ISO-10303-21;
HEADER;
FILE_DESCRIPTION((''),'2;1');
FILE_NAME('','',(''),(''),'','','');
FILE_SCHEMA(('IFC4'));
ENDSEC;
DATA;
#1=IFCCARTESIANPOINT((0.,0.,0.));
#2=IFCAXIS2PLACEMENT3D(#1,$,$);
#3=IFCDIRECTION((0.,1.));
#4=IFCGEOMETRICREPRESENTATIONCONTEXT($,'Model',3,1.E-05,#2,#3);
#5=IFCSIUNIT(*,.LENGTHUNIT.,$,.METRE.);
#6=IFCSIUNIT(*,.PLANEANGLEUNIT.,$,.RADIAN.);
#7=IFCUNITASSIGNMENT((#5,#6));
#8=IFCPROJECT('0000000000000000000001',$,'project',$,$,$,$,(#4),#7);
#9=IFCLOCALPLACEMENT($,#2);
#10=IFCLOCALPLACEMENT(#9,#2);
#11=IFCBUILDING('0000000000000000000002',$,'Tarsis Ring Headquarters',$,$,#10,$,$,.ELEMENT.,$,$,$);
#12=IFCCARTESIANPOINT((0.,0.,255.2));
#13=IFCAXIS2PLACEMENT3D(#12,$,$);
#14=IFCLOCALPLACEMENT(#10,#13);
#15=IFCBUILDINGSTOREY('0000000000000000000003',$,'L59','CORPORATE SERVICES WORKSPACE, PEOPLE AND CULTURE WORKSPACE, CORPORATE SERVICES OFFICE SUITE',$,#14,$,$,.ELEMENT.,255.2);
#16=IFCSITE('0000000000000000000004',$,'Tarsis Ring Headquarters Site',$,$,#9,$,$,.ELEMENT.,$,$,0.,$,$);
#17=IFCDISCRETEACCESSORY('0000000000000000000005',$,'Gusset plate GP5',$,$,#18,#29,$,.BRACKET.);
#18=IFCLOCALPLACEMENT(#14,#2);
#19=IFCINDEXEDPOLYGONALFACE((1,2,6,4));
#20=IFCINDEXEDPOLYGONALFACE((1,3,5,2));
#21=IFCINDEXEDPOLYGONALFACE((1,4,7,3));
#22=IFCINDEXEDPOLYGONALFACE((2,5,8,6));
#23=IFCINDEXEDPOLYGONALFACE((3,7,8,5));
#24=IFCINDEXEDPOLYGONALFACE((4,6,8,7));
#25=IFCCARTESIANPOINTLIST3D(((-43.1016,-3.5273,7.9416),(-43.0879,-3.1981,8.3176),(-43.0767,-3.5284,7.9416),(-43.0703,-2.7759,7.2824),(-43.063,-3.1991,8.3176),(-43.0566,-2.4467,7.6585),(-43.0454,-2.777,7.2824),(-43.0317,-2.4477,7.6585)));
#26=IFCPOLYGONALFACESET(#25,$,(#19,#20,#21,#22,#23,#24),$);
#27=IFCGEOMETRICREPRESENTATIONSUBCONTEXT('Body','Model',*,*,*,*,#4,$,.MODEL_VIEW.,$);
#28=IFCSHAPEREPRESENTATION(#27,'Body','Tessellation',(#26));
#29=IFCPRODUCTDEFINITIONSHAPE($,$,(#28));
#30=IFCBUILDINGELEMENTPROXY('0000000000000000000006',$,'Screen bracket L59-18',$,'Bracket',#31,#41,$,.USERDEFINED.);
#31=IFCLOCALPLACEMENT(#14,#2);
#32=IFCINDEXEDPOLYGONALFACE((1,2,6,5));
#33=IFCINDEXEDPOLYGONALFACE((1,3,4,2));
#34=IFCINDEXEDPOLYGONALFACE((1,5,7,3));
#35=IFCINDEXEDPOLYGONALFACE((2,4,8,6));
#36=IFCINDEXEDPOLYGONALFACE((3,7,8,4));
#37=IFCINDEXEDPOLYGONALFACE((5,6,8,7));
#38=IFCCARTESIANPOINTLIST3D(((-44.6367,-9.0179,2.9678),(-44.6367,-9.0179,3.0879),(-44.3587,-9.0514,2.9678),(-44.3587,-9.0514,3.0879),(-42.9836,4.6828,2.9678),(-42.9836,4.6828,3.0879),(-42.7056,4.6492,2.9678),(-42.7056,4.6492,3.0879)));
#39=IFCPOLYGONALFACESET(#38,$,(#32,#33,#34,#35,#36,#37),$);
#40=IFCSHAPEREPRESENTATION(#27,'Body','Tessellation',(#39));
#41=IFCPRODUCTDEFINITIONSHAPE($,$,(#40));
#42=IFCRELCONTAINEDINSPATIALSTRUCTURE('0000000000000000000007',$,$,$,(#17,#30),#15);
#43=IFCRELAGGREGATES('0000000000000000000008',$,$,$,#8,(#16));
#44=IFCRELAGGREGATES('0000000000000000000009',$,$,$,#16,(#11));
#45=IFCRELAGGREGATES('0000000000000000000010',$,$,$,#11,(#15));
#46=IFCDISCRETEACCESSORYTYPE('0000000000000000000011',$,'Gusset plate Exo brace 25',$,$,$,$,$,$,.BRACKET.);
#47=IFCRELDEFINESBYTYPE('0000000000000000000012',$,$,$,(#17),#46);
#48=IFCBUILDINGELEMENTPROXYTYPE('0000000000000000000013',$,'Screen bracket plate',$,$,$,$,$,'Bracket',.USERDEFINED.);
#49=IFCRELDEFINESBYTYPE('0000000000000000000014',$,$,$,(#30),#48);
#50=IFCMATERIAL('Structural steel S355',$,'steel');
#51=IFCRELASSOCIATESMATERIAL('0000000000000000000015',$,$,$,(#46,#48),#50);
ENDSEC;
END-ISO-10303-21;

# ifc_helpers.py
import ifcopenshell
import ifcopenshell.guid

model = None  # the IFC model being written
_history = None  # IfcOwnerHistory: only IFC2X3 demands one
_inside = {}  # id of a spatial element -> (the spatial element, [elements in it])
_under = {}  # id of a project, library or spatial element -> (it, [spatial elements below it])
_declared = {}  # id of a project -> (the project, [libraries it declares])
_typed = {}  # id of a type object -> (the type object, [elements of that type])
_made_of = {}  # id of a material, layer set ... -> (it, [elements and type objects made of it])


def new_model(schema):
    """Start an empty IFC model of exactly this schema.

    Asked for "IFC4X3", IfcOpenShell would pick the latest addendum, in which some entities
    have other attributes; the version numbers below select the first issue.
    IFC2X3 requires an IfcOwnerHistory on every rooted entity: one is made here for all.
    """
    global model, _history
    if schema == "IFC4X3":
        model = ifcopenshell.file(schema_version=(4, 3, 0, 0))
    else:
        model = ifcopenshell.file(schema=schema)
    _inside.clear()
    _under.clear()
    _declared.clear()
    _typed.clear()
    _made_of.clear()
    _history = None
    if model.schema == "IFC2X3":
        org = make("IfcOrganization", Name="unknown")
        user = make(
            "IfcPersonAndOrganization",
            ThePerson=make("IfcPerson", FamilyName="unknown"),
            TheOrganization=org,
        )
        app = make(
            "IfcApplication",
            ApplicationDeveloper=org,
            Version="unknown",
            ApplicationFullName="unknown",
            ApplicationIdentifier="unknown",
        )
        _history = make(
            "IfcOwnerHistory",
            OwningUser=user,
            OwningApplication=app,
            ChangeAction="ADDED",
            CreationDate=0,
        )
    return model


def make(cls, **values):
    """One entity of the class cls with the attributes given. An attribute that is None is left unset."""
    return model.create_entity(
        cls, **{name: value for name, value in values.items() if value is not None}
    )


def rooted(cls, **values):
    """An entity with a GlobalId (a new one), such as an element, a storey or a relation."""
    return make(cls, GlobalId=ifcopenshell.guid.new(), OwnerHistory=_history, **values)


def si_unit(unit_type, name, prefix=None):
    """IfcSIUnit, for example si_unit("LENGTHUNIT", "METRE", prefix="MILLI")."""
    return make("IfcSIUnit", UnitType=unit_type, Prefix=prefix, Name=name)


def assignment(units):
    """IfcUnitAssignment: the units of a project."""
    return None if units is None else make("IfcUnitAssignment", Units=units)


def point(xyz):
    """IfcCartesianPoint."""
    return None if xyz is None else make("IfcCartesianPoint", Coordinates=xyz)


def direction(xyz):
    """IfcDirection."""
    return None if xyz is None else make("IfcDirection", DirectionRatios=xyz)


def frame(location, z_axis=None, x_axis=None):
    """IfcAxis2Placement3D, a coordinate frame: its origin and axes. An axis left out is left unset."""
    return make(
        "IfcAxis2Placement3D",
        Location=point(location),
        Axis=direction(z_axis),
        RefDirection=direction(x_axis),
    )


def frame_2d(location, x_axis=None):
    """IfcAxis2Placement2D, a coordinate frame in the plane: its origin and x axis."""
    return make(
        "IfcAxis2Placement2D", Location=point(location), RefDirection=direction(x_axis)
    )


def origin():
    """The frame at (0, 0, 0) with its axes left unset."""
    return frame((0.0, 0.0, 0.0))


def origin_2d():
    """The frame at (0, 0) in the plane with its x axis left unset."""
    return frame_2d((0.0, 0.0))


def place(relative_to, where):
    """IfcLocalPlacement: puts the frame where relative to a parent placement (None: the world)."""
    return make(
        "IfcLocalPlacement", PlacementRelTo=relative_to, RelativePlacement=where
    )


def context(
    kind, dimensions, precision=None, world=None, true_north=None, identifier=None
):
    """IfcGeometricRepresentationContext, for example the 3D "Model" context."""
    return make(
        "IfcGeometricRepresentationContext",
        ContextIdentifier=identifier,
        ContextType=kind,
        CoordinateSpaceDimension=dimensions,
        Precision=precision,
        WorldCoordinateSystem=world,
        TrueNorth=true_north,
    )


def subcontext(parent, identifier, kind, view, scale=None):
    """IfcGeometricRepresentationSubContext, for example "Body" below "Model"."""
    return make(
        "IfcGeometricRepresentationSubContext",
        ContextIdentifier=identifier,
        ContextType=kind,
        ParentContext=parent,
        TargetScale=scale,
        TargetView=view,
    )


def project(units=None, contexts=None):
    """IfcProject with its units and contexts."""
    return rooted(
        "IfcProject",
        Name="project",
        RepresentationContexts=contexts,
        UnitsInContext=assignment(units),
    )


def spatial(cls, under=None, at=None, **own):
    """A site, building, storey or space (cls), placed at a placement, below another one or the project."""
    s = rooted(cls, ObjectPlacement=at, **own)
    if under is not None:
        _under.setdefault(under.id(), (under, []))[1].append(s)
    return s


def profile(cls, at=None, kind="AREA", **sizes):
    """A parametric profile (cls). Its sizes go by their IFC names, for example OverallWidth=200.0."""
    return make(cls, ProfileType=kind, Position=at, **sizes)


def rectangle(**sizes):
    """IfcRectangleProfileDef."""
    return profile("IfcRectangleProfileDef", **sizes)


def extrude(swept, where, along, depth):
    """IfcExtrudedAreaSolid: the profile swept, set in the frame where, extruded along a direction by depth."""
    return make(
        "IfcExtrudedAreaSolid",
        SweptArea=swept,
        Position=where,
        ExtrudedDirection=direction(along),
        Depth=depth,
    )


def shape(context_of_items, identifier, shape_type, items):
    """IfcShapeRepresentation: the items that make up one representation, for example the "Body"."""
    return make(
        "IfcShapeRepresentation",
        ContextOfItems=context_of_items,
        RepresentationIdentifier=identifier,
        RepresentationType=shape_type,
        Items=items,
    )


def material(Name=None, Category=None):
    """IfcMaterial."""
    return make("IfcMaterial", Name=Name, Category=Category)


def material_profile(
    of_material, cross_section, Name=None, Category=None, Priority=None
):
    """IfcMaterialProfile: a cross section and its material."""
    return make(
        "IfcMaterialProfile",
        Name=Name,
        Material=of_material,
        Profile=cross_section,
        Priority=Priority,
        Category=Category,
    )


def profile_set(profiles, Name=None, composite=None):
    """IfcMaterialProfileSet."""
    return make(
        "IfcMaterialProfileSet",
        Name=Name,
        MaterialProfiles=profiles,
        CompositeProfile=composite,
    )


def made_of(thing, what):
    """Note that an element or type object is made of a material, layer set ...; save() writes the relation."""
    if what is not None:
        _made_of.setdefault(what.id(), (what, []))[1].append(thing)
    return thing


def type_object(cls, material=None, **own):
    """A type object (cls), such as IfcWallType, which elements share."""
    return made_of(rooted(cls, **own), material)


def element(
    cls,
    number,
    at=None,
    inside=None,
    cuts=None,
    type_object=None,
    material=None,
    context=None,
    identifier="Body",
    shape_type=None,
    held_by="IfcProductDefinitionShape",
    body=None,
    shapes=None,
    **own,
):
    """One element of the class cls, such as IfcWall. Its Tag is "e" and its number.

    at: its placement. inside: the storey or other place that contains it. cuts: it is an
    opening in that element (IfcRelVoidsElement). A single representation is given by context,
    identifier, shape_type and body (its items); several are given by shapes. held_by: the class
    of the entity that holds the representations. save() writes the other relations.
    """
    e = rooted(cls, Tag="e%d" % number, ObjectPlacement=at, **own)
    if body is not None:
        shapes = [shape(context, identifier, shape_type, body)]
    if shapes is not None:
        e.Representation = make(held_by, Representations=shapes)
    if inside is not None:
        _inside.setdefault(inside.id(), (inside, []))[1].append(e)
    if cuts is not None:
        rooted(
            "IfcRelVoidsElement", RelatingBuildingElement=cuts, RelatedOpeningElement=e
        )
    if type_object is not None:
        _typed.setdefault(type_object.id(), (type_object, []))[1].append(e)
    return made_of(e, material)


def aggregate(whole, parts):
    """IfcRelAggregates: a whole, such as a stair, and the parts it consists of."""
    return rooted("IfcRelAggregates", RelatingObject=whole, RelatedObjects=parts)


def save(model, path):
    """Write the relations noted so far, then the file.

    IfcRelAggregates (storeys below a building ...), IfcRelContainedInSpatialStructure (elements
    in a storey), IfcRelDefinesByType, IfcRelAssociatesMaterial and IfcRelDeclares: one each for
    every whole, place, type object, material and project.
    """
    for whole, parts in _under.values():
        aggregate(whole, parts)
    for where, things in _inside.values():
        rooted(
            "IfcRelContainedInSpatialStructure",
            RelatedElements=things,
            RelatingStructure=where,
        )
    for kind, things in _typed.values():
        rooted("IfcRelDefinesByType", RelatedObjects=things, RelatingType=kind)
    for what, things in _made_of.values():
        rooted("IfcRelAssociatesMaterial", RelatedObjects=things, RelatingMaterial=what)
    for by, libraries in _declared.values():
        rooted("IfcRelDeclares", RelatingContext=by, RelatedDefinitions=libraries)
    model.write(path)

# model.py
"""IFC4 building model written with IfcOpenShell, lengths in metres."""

from ifc_helpers import new_model, si_unit, direction, frame, origin, origin_2d, place, context, subcontext, project, spatial, rectangle, extrude, material, material_profile, profile_set, type_object, element, save


model = new_model("IFC4")

# Units and contexts
model_context = context("Model", 3, precision=1e-05, world=origin(), true_north=direction((0.0, 1.0)))
body_context = subcontext(model_context, "Body", "Model", "MODEL_VIEW")
ifc_project = project(units=[si_unit("LENGTHUNIT", "METRE"), si_unit("PLANEANGLEUNIT", "RADIAN")], contexts=[model_context])

# Site, building, storey
site_placement = place(None, origin())
site = spatial("IfcSite", under=ifc_project, at=site_placement, Name="Tarsis Ring Headquarters Site", CompositionType="ELEMENT", RefElevation=0.0)
building_placement = place(site_placement, origin())
building = spatial("IfcBuilding", under=site, at=building_placement, Name="Tarsis Ring Headquarters", CompositionType="ELEMENT")
storey_placement = place(building_placement, frame((0.0, 0.0, 255.2)))
storey = spatial("IfcBuildingStorey", under=building, at=storey_placement, Name="L59", Description="CORPORATE SERVICES WORKSPACE, PEOPLE AND CULTURE WORKSPACE, CORPORATE SERVICES OFFICE SUITE", CompositionType="ELEMENT", Elevation=255.2)

# Shared definitions
ifc_material_1 = material(Name="Structural steel S355", Category="steel")

# Discrete accessory
ifc_material_profile_1 = material_profile(ifc_material_1, rectangle(XDim=0.0249, YDim=0.5, at=origin_2d()), Name="PL 25x500")
ifc_profile_set_1 = profile_set([ifc_material_profile_1], Name="Structural steel S355")
discrete_accessory_type = type_object("IfcDiscreteAccessoryType", Name="Gusset plate Exo brace 25", PredefinedType="BRACKET", material=ifc_profile_set_1)
discrete_accessory_1_placement = place(storey_placement, frame((-43.051, -2.6118, 7.4705), z_axis=(-0.031247, -0.751392, 0.659116), x_axis=(0.999136, -0.04155, 0.0)))
element("IfcDiscreteAccessory", 1, at=discrete_accessory_1_placement, inside=storey, type_object=discrete_accessory_type, Name="Gusset plate GP5", PredefinedType="BRACKET", context=body_context, shape_type="SweptSolid", body=[
    extrude(rectangle(XDim=0.0249, YDim=0.5, at=origin_2d()), origin(), (0.0, 0.0, 1.0), 1.0),
])

# Building element proxy
building_element_proxy_type = type_object("IfcBuildingElementProxyType", Name="Screen bracket plate", ElementType="Bracket", PredefinedType="USERDEFINED", material=ifc_material_1)
proxy_placement = place(storey_placement, frame((-43.6711, -2.1843, 2.9678), z_axis=(0.0, 0.0, 1.0), x_axis=(-0.11979, -0.992799, 0.0)))
element("IfcBuildingElementProxy", 2, at=proxy_placement, inside=storey, type_object=building_element_proxy_type, Name="Screen bracket L59-18", ObjectType="Bracket", PredefinedType="USERDEFINED", context=body_context, shape_type="SweptSolid", body=[
    extrude(rectangle(XDim=13.8, YDim=0.28, at=origin_2d()), origin(), (0.0, 0.0, 1.0), 0.1201),
])

save(model, "model.ifc")
